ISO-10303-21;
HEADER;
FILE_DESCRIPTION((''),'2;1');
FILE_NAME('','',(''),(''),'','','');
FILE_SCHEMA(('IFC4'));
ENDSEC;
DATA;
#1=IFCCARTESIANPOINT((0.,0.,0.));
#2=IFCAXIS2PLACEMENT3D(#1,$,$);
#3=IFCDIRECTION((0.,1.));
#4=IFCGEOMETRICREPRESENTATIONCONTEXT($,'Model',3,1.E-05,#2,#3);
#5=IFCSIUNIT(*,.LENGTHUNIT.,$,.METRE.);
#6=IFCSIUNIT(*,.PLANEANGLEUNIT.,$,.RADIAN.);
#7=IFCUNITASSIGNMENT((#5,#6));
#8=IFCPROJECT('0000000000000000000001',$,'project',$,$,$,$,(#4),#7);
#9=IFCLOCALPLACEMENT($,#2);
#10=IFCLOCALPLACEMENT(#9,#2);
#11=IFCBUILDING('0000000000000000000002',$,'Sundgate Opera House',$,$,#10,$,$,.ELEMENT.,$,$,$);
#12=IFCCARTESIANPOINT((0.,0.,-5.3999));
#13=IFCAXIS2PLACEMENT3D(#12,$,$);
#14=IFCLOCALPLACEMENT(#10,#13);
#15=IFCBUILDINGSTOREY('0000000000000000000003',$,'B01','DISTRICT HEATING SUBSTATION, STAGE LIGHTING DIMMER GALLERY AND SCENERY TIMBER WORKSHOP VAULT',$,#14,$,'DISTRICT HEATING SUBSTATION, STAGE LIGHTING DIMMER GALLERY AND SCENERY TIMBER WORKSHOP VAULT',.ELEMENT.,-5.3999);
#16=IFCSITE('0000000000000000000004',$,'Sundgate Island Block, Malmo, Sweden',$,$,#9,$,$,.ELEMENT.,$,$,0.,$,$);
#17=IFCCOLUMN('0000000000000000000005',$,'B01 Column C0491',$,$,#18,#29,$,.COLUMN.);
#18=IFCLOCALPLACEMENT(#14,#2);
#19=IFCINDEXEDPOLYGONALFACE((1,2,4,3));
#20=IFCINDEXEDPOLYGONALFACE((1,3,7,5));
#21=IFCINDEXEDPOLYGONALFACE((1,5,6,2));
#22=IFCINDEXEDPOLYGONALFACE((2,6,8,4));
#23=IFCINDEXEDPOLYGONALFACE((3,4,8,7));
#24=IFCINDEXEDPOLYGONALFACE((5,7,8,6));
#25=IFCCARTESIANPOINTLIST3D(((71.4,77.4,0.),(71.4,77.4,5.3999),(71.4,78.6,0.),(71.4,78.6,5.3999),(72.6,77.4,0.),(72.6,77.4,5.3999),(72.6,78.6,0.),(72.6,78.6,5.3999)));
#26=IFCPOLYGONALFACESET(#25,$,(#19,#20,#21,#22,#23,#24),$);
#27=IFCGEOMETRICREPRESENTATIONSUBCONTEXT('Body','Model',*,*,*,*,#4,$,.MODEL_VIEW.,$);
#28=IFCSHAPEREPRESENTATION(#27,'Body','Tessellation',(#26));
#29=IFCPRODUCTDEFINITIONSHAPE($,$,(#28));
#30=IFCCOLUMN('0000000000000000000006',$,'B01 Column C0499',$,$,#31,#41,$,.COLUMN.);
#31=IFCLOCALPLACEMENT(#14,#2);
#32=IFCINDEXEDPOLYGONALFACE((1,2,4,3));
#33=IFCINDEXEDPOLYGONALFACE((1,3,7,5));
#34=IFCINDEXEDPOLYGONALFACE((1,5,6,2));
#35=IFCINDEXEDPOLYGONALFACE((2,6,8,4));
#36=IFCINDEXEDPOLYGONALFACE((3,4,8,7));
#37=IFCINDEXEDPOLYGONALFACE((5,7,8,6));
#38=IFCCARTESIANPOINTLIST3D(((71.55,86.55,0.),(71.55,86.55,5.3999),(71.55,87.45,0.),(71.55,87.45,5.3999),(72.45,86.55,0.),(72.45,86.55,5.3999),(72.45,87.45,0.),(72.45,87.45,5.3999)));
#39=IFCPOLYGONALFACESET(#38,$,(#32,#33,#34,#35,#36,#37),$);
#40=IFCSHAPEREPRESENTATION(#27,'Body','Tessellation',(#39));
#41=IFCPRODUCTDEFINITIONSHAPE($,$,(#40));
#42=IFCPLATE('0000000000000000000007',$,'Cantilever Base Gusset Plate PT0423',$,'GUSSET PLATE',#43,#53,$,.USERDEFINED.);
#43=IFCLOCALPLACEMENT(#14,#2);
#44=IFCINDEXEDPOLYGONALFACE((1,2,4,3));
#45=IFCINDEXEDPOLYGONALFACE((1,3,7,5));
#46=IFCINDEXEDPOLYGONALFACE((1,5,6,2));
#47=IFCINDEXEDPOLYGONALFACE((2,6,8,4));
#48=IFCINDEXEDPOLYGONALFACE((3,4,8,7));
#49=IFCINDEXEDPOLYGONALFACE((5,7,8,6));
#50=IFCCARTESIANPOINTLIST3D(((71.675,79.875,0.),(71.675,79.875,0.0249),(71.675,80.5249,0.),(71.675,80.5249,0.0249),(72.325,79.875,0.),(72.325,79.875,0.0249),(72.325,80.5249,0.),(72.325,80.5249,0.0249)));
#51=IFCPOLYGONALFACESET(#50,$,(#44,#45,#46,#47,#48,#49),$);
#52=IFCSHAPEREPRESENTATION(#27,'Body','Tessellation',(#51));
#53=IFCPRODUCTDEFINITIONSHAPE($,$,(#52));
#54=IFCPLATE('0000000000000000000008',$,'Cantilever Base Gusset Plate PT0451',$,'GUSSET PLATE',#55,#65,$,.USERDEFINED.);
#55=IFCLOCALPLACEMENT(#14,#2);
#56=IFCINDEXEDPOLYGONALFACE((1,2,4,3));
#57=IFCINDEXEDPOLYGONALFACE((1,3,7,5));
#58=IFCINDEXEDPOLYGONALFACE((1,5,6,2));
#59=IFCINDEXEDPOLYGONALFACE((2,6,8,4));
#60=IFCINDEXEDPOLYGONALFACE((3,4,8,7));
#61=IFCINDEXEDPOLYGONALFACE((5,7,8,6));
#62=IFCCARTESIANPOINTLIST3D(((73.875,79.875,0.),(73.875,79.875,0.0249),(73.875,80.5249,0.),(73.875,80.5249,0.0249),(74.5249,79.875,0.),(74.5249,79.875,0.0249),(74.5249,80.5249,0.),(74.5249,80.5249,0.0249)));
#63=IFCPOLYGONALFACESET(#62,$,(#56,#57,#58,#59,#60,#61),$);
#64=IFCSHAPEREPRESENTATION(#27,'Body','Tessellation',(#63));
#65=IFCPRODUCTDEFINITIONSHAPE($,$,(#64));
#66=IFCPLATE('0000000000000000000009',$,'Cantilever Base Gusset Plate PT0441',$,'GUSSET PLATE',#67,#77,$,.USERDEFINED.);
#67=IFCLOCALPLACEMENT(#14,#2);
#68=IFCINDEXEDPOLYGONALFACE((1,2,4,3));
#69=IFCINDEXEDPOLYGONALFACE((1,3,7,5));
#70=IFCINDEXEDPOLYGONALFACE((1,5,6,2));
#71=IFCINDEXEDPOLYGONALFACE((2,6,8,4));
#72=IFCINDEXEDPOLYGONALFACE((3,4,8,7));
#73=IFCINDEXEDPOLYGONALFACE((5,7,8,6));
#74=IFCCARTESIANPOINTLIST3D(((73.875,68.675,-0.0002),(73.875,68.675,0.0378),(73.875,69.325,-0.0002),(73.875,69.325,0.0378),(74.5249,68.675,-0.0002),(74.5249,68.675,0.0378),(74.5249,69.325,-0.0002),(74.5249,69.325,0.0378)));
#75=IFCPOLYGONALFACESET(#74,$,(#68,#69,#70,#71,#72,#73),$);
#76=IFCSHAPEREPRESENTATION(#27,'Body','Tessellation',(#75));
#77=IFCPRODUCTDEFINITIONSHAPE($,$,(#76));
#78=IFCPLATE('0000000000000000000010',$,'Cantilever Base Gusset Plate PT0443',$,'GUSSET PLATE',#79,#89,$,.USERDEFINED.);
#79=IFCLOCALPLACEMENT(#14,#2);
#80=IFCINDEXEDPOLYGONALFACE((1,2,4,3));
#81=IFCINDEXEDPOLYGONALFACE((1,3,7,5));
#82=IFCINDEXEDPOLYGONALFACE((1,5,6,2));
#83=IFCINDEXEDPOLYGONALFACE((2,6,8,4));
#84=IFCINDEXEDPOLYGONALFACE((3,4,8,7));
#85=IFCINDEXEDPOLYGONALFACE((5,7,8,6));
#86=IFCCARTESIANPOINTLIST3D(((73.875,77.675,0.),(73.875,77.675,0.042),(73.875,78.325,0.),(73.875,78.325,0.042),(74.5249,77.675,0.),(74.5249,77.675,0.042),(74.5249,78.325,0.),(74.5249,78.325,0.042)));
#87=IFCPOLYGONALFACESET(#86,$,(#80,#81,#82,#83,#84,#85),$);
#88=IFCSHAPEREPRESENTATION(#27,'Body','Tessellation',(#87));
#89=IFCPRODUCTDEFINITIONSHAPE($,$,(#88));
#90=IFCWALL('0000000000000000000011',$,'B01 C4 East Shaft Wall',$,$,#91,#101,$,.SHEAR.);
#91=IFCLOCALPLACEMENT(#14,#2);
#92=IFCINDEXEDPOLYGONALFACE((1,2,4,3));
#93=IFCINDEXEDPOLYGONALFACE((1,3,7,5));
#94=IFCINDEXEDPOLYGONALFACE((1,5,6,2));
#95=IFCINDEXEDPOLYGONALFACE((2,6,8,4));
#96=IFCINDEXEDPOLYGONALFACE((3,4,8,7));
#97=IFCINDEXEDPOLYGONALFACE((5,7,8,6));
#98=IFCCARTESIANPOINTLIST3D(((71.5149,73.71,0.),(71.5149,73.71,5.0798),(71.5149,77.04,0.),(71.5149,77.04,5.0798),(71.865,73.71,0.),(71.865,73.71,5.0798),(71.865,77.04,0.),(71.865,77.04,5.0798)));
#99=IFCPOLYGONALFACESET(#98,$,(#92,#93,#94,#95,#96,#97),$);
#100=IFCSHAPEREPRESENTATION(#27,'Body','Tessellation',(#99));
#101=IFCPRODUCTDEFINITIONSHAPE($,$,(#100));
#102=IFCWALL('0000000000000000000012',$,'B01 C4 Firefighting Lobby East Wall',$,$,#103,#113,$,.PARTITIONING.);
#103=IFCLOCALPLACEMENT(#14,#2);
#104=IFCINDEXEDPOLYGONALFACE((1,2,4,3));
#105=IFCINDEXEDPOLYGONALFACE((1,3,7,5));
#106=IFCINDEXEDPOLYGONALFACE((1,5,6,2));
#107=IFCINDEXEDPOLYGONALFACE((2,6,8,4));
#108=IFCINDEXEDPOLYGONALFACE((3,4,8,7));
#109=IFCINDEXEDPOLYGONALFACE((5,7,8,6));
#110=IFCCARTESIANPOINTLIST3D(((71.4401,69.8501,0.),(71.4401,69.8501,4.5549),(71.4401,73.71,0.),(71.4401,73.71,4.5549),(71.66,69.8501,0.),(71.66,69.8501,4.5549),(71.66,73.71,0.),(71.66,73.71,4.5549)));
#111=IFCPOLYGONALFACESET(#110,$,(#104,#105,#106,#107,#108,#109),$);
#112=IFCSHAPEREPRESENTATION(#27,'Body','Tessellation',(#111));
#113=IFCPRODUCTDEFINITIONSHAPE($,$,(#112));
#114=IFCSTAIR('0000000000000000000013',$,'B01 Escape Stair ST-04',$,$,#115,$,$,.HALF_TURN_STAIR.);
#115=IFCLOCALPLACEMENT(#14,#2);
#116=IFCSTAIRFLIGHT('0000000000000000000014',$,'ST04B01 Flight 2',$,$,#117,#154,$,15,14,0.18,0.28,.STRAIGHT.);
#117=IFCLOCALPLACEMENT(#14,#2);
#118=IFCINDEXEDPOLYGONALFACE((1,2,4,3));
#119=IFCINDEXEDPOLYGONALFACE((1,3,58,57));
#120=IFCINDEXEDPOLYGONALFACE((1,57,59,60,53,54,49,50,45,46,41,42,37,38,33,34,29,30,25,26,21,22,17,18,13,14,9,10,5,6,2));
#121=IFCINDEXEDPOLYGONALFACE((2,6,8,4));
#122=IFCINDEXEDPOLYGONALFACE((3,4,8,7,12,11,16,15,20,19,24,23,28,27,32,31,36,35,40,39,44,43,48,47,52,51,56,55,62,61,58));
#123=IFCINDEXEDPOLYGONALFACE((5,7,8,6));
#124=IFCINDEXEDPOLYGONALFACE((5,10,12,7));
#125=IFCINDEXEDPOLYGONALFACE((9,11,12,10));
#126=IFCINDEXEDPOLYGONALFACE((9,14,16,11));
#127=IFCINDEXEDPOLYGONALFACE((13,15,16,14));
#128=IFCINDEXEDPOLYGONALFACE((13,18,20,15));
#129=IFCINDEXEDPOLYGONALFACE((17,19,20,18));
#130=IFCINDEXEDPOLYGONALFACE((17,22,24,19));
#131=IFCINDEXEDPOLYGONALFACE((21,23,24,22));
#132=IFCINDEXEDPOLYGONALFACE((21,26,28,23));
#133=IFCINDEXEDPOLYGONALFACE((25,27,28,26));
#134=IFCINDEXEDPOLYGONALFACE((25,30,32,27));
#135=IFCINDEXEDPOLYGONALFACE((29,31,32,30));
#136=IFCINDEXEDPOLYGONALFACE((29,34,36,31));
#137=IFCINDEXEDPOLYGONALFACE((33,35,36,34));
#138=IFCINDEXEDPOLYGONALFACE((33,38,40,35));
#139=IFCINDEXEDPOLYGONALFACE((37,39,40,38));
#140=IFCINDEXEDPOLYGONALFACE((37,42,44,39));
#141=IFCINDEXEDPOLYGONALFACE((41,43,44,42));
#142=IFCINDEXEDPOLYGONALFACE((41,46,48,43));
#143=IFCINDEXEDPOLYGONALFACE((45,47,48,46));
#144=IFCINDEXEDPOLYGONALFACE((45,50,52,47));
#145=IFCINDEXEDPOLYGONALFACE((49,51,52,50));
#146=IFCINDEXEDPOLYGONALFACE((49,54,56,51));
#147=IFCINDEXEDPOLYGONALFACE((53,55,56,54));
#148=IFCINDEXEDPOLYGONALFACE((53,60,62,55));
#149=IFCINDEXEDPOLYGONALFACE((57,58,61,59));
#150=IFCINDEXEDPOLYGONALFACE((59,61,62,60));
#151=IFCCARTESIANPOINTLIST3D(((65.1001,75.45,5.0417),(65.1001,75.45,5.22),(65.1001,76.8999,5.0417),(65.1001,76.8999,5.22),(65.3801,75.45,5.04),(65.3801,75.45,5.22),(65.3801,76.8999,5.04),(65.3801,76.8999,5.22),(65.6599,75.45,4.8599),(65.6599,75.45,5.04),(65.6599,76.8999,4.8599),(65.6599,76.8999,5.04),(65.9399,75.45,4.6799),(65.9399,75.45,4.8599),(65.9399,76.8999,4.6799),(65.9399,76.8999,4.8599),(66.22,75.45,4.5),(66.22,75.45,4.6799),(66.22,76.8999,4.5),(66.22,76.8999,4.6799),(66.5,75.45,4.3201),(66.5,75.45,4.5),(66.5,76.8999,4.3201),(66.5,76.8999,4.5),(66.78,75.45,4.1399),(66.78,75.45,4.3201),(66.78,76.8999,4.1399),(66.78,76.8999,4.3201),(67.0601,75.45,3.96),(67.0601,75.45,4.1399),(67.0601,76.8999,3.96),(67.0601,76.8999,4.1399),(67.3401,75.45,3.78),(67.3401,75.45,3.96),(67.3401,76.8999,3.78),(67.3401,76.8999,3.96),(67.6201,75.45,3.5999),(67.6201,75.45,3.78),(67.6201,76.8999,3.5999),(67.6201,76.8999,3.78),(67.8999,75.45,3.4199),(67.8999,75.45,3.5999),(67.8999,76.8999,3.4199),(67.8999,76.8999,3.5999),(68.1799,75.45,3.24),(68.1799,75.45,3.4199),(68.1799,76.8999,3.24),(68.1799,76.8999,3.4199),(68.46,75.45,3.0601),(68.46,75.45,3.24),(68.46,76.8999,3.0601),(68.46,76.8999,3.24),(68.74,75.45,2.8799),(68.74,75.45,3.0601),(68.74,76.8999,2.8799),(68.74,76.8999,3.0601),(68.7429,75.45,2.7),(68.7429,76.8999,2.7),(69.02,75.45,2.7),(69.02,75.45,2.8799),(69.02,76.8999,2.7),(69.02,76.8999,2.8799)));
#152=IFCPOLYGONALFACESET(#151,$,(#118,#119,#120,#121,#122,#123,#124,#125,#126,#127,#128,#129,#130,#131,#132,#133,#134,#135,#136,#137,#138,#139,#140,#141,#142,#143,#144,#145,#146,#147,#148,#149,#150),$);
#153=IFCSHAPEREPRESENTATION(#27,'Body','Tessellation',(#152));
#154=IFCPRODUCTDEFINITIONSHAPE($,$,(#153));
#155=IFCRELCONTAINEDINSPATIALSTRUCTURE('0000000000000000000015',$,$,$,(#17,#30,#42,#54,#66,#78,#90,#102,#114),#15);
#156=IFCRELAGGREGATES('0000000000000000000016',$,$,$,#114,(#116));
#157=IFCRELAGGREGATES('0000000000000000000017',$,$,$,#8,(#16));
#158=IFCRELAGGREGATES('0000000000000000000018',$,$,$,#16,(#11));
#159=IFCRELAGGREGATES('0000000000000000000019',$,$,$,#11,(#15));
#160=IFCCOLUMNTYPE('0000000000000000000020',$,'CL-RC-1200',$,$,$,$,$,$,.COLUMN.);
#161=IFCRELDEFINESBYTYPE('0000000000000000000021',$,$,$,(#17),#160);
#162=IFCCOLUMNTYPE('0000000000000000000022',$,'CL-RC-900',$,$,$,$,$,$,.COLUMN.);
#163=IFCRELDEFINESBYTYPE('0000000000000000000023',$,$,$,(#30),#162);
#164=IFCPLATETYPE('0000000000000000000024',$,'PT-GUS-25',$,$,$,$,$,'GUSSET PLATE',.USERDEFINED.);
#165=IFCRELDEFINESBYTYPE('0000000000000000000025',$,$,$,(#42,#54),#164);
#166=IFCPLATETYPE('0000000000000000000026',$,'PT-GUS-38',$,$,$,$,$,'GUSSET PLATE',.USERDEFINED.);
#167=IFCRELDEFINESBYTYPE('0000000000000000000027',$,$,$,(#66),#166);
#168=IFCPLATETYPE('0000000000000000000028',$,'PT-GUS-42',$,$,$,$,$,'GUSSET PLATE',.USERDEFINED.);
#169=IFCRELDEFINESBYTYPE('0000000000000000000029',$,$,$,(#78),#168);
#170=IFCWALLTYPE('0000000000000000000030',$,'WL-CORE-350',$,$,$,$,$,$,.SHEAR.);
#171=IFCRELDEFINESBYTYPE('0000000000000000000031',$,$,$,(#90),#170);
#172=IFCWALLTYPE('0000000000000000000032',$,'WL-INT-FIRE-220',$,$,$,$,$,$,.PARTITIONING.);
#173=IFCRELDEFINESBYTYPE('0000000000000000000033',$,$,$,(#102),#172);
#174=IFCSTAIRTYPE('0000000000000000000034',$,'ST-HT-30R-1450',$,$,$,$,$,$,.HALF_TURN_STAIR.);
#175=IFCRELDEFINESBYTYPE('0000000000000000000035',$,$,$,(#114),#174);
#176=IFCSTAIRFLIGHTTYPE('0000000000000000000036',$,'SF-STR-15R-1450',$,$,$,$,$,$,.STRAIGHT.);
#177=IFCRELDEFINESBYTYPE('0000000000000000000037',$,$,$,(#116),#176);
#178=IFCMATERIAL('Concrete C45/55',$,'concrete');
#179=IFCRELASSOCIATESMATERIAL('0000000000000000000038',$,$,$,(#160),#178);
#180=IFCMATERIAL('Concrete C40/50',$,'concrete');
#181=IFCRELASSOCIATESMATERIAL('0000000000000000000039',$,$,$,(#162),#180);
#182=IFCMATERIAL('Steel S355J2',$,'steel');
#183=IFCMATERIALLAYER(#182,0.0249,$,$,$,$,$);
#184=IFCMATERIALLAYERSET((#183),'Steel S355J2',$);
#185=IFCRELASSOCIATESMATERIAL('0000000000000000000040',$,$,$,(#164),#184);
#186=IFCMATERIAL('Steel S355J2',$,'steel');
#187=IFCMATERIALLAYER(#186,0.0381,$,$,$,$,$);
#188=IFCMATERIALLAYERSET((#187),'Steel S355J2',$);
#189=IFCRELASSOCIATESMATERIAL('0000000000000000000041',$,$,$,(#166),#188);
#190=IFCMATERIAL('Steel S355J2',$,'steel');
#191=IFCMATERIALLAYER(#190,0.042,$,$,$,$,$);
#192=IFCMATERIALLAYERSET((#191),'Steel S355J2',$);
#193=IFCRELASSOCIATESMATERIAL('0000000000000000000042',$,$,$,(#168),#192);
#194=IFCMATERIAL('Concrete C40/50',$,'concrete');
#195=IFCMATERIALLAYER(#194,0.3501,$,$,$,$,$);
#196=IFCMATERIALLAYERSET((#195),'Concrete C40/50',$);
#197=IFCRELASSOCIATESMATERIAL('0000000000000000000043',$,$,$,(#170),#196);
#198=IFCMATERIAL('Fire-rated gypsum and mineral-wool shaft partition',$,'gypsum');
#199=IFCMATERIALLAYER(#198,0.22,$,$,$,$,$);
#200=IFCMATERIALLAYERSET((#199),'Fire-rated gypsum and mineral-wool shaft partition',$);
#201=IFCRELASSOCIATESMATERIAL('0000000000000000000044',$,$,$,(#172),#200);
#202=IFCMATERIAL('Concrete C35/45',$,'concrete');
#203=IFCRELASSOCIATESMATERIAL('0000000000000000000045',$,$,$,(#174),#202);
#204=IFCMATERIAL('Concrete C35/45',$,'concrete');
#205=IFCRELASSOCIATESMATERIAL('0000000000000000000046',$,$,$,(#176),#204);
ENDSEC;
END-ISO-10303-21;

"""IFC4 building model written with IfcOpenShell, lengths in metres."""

from ifc_helpers import new_model, si_unit, direction, frame, frame_2d, origin, origin_2d, place, context, subcontext, project, spatial, polyline, rectangle, outline, extrude, material, layer, layer_set, material_profile, profile_set, type_object, element, aggregate, save


model = new_model("IFC4")

# Units and contexts
model_context = context("Model", 3, precision=1e-05, world=origin(), true_north=direction((0.0, 1.0)))
body_context = subcontext(model_context, "Body", "Model", "MODEL_VIEW")
ifc_project = project(units=[si_unit("LENGTHUNIT", "METRE"), si_unit("PLANEANGLEUNIT", "RADIAN")], contexts=[model_context])

# Site, building, storey
site_placement = place(None, origin())
site = spatial("IfcSite", under=ifc_project, at=site_placement, Name="Sundgate Island Block, Malmo, Sweden", CompositionType="ELEMENT", RefElevation=0.0)
building_placement = place(site_placement, origin())
building = spatial("IfcBuilding", under=site, at=building_placement, Name="Sundgate Opera House", CompositionType="ELEMENT")
storey_placement = place(building_placement, frame((0.0, 0.0, -5.3999)))
storey = spatial("IfcBuildingStorey", under=building, at=storey_placement, Name="B01", Description="DISTRICT HEATING SUBSTATION, STAGE LIGHTING DIMMER GALLERY AND SCENERY TIMBER WORKSHOP VAULT", LongName="DISTRICT HEATING SUBSTATION, STAGE LIGHTING DIMMER GALLERY AND SCENERY TIMBER WORKSHOP VAULT", CompositionType="ELEMENT", Elevation=-5.3999)

# Columns
ifc_material_1 = material(Name="Concrete C45/55", Category="concrete")
ifc_material_profile_1 = material_profile(ifc_material_1, rectangle(XDim=1.2, YDim=1.2, at=origin_2d()), Name="RC 1200x1200")
ifc_profile_set_1 = profile_set([ifc_material_profile_1], Name="Concrete C45/55")
column_type_1 = type_object("IfcColumnType", Name="CL-RC-1200", PredefinedType="COLUMN", material=ifc_profile_set_1)
for number, where, z_axis, x_axis, name in (
    (1, (72.0, 78.0, 0.0), (0.0, 0.0, 1.0), (1.0, 0.0, 0.0), "B01 Column C0491"),
):
    element("IfcColumn", number, at=place(storey_placement, frame(where, z_axis=z_axis, x_axis=x_axis)), inside=storey, type_object=column_type_1, Name=name, PredefinedType="COLUMN", context=body_context, shape_type="SweptSolid", body=[
        extrude(rectangle(XDim=1.2, YDim=1.2, at=origin_2d()), origin(), (0.0, 0.0, 1.0), 5.3999),
    ])
ifc_material_2 = material(Name="Concrete C40/50", Category="concrete")
ifc_material_profile_2 = material_profile(ifc_material_2, rectangle(XDim=0.8999, YDim=0.8999, at=origin_2d()), Name="RC 900x900")
ifc_profile_set_2 = profile_set([ifc_material_profile_2], Name="Concrete C40/50")
column_type_2 = type_object("IfcColumnType", Name="CL-RC-900", PredefinedType="COLUMN", material=ifc_profile_set_2)
column_1_placement = place(storey_placement, frame((72.0, 87.0, 0.0), z_axis=(0.0, 0.0, 1.0), x_axis=(1.0, 0.0, 0.0)))
element("IfcColumn", 2, at=column_1_placement, inside=storey, type_object=column_type_2, Name="B01 Column C0499", PredefinedType="COLUMN", context=body_context, shape_type="SweptSolid", body=[
    extrude(rectangle(XDim=0.8999, YDim=0.8999, at=origin_2d()), origin(), (0.0, 0.0, 1.0), 5.3999),
])

# Plates
ifc_material_3 = material(Name="Steel S355J2", Category="steel")
ifc_layer_1 = layer(ifc_material_3, 0.0249)
ifc_layer_set_1 = layer_set([ifc_layer_1], Name="Steel S355J2")
plate_type_1 = type_object("IfcPlateType", Name="PT-GUS-25", ElementType="GUSSET PLATE", PredefinedType="USERDEFINED", material=ifc_layer_set_1)
for number, where, z_axis, x_axis, name in (
    (3, (72.0, 80.2, 0.0), (0.0, 0.0, 1.0), (1.0, 0.0, 0.0), "Cantilever Base Gusset Plate PT0423"),
    (4, (74.2, 80.2, 0.0), (0.0, 0.0, 1.0), (1.0, 0.0, 0.0), "Cantilever Base Gusset Plate PT0451"),
):
    element("IfcPlate", number, at=place(storey_placement, frame(where, z_axis=z_axis, x_axis=x_axis)), inside=storey, type_object=plate_type_1, Name=name, ObjectType="GUSSET PLATE", PredefinedType="USERDEFINED", context=body_context, shape_type="SweptSolid", body=[
        extrude(rectangle(XDim=0.6499, YDim=0.6499, at=origin_2d()), origin(), (0.0, 0.0, 1.0), 0.0249),
    ])
ifc_material_4 = material(Name="Steel S355J2", Category="steel")
ifc_layer_2 = layer(ifc_material_4, 0.0381)
ifc_layer_set_2 = layer_set([ifc_layer_2], Name="Steel S355J2")
plate_type_2 = type_object("IfcPlateType", Name="PT-GUS-38", ElementType="GUSSET PLATE", PredefinedType="USERDEFINED", material=ifc_layer_set_2)
plate_1_placement = place(storey_placement, frame((74.2, 69.0, -0.0002), z_axis=(0.0, 0.0, 1.0), x_axis=(1.0, 0.0, 0.0)))
element("IfcPlate", 5, at=plate_1_placement, inside=storey, type_object=plate_type_2, Name="Cantilever Base Gusset Plate PT0441", ObjectType="GUSSET PLATE", PredefinedType="USERDEFINED", context=body_context, shape_type="SweptSolid", body=[
    extrude(rectangle(XDim=0.6499, YDim=0.6499, at=origin_2d()), origin(), (0.0, 0.0, 1.0), 0.0381),
])
ifc_material_5 = material(Name="Steel S355J2", Category="steel")
ifc_layer_3 = layer(ifc_material_5, 0.042)
ifc_layer_set_3 = layer_set([ifc_layer_3], Name="Steel S355J2")
plate_type_3 = type_object("IfcPlateType", Name="PT-GUS-42", ElementType="GUSSET PLATE", PredefinedType="USERDEFINED", material=ifc_layer_set_3)
plate_2_placement = place(storey_placement, frame((74.2, 78.0, 0.0), z_axis=(0.0, 0.0, 1.0), x_axis=(1.0, 0.0, 0.0)))
element("IfcPlate", 6, at=plate_2_placement, inside=storey, type_object=plate_type_3, Name="Cantilever Base Gusset Plate PT0443", ObjectType="GUSSET PLATE", PredefinedType="USERDEFINED", context=body_context, shape_type="SweptSolid", body=[
    extrude(rectangle(XDim=0.6499, YDim=0.6499, at=origin_2d()), origin(), (0.0, 0.0, 1.0), 0.042),
])

# Walls
ifc_material_6 = material(Name="Concrete C40/50", Category="concrete")
ifc_layer_4 = layer(ifc_material_6, 0.3501)
ifc_layer_set_4 = layer_set([ifc_layer_4], Name="Concrete C40/50")
wall_type_1 = type_object("IfcWallType", Name="WL-CORE-350", PredefinedType="SHEAR", material=ifc_layer_set_4)
wall_1_placement = place(storey_placement, frame((71.6899, 73.71, 0.0), z_axis=(0.0, 0.0, 1.0), x_axis=(0.0, 1.0, 0.0)))
element("IfcWall", 7, at=wall_1_placement, inside=storey, type_object=wall_type_1, Name="B01 C4 East Shaft Wall", PredefinedType="SHEAR", context=body_context, shape_type="SweptSolid", body=[
    extrude(rectangle(XDim=3.3301, YDim=0.3501, at=frame_2d((1.665, 0.0))), origin(), (0.0, 0.0, 1.0), 5.0798),
])
ifc_material_7 = material(Name="Fire-rated gypsum and mineral-wool shaft partition", Category="gypsum")
ifc_layer_5 = layer(ifc_material_7, 0.22)
ifc_layer_set_5 = layer_set([ifc_layer_5], Name="Fire-rated gypsum and mineral-wool shaft partition")
wall_type_2 = type_object("IfcWallType", Name="WL-INT-FIRE-220", PredefinedType="PARTITIONING", material=ifc_layer_set_5)
wall_2_placement = place(storey_placement, frame((71.55, 69.8501, 0.0), z_axis=(0.0, 0.0, 1.0), x_axis=(0.0, 1.0, 0.0)))
element("IfcWall", 8, at=wall_2_placement, inside=storey, type_object=wall_type_2, Name="B01 C4 Firefighting Lobby East Wall", PredefinedType="PARTITIONING", context=body_context, shape_type="SweptSolid", body=[
    extrude(rectangle(XDim=3.8599, YDim=0.22, at=frame_2d((1.9299, 0.0))), origin(), (0.0, 0.0, 1.0), 4.5549),
])

# Stair, stair flight
ifc_material_8 = material(Name="Concrete C35/45", Category="concrete")
stair_type = type_object("IfcStairType", Name="ST-HT-30R-1450", PredefinedType="HALF_TURN_STAIR", material=ifc_material_8)
stair_placement = place(storey_placement, origin())
stair = element("IfcStair", 9, at=stair_placement, inside=storey, type_object=stair_type, Name="B01 Escape Stair ST-04", PredefinedType="HALF_TURN_STAIR")
ifc_material_9 = material(Name="Concrete C35/45", Category="concrete")
stair_flight_type = type_object("IfcStairFlightType", Name="SF-STR-15R-1450", PredefinedType="STRAIGHT", material=ifc_material_9)
stair_flight_placement = place(storey_placement, frame((69.02, 76.175, 2.7), z_axis=(0.0, 0.0, 1.0), x_axis=(-1.0, 0.0, 0.0)))
stair_flight = element("IfcStairFlight", 10, at=stair_flight_placement, type_object=stair_flight_type, Name="ST04B01 Flight 2", NumberOfRisers=15, NumberOfTreads=14, PredefinedType="STRAIGHT", RiserHeight=0.18, TreadLength=0.28, context=body_context, shape_type="SweptSolid", body=[
    extrude(outline(polyline([(0.0, 0.0), (0.0, 0.1799), (0.28, 0.1799), (0.28, 0.3601), (0.5601, 0.3601), (0.5601, 0.54), (0.8401, 0.54), (0.8401, 0.72), (1.1201, 0.72), (1.1201, 0.8999), (1.3999, 0.8999), (1.3999, 1.0801), (1.6799, 1.0801), (1.6799, 1.26), (1.96, 1.26), (1.96, 1.4399), (2.24, 1.4399), (2.24, 1.6201), (2.52, 1.6201), (2.52, 1.8), (2.8, 1.8), (2.8, 1.98), (3.0801, 1.98), (3.0801, 2.1599), (3.3601, 2.1599), (3.3601, 2.3401), (3.6399, 2.3401), (3.6399, 2.52), (3.9199, 2.52), (3.9199, 2.7), (3.9199, 2.3418), (0.2771, 0.0), (0.0, 0.0)])), frame((0.0, 0.7251, 0.0), z_axis=(0.0, -1.0, 0.0), x_axis=(1.0, 0.0, 0.0)), (0.0, 0.0, 1.0), 1.45),
])
aggregate(stair, [stair_flight])

save(model, "model.ifc")
